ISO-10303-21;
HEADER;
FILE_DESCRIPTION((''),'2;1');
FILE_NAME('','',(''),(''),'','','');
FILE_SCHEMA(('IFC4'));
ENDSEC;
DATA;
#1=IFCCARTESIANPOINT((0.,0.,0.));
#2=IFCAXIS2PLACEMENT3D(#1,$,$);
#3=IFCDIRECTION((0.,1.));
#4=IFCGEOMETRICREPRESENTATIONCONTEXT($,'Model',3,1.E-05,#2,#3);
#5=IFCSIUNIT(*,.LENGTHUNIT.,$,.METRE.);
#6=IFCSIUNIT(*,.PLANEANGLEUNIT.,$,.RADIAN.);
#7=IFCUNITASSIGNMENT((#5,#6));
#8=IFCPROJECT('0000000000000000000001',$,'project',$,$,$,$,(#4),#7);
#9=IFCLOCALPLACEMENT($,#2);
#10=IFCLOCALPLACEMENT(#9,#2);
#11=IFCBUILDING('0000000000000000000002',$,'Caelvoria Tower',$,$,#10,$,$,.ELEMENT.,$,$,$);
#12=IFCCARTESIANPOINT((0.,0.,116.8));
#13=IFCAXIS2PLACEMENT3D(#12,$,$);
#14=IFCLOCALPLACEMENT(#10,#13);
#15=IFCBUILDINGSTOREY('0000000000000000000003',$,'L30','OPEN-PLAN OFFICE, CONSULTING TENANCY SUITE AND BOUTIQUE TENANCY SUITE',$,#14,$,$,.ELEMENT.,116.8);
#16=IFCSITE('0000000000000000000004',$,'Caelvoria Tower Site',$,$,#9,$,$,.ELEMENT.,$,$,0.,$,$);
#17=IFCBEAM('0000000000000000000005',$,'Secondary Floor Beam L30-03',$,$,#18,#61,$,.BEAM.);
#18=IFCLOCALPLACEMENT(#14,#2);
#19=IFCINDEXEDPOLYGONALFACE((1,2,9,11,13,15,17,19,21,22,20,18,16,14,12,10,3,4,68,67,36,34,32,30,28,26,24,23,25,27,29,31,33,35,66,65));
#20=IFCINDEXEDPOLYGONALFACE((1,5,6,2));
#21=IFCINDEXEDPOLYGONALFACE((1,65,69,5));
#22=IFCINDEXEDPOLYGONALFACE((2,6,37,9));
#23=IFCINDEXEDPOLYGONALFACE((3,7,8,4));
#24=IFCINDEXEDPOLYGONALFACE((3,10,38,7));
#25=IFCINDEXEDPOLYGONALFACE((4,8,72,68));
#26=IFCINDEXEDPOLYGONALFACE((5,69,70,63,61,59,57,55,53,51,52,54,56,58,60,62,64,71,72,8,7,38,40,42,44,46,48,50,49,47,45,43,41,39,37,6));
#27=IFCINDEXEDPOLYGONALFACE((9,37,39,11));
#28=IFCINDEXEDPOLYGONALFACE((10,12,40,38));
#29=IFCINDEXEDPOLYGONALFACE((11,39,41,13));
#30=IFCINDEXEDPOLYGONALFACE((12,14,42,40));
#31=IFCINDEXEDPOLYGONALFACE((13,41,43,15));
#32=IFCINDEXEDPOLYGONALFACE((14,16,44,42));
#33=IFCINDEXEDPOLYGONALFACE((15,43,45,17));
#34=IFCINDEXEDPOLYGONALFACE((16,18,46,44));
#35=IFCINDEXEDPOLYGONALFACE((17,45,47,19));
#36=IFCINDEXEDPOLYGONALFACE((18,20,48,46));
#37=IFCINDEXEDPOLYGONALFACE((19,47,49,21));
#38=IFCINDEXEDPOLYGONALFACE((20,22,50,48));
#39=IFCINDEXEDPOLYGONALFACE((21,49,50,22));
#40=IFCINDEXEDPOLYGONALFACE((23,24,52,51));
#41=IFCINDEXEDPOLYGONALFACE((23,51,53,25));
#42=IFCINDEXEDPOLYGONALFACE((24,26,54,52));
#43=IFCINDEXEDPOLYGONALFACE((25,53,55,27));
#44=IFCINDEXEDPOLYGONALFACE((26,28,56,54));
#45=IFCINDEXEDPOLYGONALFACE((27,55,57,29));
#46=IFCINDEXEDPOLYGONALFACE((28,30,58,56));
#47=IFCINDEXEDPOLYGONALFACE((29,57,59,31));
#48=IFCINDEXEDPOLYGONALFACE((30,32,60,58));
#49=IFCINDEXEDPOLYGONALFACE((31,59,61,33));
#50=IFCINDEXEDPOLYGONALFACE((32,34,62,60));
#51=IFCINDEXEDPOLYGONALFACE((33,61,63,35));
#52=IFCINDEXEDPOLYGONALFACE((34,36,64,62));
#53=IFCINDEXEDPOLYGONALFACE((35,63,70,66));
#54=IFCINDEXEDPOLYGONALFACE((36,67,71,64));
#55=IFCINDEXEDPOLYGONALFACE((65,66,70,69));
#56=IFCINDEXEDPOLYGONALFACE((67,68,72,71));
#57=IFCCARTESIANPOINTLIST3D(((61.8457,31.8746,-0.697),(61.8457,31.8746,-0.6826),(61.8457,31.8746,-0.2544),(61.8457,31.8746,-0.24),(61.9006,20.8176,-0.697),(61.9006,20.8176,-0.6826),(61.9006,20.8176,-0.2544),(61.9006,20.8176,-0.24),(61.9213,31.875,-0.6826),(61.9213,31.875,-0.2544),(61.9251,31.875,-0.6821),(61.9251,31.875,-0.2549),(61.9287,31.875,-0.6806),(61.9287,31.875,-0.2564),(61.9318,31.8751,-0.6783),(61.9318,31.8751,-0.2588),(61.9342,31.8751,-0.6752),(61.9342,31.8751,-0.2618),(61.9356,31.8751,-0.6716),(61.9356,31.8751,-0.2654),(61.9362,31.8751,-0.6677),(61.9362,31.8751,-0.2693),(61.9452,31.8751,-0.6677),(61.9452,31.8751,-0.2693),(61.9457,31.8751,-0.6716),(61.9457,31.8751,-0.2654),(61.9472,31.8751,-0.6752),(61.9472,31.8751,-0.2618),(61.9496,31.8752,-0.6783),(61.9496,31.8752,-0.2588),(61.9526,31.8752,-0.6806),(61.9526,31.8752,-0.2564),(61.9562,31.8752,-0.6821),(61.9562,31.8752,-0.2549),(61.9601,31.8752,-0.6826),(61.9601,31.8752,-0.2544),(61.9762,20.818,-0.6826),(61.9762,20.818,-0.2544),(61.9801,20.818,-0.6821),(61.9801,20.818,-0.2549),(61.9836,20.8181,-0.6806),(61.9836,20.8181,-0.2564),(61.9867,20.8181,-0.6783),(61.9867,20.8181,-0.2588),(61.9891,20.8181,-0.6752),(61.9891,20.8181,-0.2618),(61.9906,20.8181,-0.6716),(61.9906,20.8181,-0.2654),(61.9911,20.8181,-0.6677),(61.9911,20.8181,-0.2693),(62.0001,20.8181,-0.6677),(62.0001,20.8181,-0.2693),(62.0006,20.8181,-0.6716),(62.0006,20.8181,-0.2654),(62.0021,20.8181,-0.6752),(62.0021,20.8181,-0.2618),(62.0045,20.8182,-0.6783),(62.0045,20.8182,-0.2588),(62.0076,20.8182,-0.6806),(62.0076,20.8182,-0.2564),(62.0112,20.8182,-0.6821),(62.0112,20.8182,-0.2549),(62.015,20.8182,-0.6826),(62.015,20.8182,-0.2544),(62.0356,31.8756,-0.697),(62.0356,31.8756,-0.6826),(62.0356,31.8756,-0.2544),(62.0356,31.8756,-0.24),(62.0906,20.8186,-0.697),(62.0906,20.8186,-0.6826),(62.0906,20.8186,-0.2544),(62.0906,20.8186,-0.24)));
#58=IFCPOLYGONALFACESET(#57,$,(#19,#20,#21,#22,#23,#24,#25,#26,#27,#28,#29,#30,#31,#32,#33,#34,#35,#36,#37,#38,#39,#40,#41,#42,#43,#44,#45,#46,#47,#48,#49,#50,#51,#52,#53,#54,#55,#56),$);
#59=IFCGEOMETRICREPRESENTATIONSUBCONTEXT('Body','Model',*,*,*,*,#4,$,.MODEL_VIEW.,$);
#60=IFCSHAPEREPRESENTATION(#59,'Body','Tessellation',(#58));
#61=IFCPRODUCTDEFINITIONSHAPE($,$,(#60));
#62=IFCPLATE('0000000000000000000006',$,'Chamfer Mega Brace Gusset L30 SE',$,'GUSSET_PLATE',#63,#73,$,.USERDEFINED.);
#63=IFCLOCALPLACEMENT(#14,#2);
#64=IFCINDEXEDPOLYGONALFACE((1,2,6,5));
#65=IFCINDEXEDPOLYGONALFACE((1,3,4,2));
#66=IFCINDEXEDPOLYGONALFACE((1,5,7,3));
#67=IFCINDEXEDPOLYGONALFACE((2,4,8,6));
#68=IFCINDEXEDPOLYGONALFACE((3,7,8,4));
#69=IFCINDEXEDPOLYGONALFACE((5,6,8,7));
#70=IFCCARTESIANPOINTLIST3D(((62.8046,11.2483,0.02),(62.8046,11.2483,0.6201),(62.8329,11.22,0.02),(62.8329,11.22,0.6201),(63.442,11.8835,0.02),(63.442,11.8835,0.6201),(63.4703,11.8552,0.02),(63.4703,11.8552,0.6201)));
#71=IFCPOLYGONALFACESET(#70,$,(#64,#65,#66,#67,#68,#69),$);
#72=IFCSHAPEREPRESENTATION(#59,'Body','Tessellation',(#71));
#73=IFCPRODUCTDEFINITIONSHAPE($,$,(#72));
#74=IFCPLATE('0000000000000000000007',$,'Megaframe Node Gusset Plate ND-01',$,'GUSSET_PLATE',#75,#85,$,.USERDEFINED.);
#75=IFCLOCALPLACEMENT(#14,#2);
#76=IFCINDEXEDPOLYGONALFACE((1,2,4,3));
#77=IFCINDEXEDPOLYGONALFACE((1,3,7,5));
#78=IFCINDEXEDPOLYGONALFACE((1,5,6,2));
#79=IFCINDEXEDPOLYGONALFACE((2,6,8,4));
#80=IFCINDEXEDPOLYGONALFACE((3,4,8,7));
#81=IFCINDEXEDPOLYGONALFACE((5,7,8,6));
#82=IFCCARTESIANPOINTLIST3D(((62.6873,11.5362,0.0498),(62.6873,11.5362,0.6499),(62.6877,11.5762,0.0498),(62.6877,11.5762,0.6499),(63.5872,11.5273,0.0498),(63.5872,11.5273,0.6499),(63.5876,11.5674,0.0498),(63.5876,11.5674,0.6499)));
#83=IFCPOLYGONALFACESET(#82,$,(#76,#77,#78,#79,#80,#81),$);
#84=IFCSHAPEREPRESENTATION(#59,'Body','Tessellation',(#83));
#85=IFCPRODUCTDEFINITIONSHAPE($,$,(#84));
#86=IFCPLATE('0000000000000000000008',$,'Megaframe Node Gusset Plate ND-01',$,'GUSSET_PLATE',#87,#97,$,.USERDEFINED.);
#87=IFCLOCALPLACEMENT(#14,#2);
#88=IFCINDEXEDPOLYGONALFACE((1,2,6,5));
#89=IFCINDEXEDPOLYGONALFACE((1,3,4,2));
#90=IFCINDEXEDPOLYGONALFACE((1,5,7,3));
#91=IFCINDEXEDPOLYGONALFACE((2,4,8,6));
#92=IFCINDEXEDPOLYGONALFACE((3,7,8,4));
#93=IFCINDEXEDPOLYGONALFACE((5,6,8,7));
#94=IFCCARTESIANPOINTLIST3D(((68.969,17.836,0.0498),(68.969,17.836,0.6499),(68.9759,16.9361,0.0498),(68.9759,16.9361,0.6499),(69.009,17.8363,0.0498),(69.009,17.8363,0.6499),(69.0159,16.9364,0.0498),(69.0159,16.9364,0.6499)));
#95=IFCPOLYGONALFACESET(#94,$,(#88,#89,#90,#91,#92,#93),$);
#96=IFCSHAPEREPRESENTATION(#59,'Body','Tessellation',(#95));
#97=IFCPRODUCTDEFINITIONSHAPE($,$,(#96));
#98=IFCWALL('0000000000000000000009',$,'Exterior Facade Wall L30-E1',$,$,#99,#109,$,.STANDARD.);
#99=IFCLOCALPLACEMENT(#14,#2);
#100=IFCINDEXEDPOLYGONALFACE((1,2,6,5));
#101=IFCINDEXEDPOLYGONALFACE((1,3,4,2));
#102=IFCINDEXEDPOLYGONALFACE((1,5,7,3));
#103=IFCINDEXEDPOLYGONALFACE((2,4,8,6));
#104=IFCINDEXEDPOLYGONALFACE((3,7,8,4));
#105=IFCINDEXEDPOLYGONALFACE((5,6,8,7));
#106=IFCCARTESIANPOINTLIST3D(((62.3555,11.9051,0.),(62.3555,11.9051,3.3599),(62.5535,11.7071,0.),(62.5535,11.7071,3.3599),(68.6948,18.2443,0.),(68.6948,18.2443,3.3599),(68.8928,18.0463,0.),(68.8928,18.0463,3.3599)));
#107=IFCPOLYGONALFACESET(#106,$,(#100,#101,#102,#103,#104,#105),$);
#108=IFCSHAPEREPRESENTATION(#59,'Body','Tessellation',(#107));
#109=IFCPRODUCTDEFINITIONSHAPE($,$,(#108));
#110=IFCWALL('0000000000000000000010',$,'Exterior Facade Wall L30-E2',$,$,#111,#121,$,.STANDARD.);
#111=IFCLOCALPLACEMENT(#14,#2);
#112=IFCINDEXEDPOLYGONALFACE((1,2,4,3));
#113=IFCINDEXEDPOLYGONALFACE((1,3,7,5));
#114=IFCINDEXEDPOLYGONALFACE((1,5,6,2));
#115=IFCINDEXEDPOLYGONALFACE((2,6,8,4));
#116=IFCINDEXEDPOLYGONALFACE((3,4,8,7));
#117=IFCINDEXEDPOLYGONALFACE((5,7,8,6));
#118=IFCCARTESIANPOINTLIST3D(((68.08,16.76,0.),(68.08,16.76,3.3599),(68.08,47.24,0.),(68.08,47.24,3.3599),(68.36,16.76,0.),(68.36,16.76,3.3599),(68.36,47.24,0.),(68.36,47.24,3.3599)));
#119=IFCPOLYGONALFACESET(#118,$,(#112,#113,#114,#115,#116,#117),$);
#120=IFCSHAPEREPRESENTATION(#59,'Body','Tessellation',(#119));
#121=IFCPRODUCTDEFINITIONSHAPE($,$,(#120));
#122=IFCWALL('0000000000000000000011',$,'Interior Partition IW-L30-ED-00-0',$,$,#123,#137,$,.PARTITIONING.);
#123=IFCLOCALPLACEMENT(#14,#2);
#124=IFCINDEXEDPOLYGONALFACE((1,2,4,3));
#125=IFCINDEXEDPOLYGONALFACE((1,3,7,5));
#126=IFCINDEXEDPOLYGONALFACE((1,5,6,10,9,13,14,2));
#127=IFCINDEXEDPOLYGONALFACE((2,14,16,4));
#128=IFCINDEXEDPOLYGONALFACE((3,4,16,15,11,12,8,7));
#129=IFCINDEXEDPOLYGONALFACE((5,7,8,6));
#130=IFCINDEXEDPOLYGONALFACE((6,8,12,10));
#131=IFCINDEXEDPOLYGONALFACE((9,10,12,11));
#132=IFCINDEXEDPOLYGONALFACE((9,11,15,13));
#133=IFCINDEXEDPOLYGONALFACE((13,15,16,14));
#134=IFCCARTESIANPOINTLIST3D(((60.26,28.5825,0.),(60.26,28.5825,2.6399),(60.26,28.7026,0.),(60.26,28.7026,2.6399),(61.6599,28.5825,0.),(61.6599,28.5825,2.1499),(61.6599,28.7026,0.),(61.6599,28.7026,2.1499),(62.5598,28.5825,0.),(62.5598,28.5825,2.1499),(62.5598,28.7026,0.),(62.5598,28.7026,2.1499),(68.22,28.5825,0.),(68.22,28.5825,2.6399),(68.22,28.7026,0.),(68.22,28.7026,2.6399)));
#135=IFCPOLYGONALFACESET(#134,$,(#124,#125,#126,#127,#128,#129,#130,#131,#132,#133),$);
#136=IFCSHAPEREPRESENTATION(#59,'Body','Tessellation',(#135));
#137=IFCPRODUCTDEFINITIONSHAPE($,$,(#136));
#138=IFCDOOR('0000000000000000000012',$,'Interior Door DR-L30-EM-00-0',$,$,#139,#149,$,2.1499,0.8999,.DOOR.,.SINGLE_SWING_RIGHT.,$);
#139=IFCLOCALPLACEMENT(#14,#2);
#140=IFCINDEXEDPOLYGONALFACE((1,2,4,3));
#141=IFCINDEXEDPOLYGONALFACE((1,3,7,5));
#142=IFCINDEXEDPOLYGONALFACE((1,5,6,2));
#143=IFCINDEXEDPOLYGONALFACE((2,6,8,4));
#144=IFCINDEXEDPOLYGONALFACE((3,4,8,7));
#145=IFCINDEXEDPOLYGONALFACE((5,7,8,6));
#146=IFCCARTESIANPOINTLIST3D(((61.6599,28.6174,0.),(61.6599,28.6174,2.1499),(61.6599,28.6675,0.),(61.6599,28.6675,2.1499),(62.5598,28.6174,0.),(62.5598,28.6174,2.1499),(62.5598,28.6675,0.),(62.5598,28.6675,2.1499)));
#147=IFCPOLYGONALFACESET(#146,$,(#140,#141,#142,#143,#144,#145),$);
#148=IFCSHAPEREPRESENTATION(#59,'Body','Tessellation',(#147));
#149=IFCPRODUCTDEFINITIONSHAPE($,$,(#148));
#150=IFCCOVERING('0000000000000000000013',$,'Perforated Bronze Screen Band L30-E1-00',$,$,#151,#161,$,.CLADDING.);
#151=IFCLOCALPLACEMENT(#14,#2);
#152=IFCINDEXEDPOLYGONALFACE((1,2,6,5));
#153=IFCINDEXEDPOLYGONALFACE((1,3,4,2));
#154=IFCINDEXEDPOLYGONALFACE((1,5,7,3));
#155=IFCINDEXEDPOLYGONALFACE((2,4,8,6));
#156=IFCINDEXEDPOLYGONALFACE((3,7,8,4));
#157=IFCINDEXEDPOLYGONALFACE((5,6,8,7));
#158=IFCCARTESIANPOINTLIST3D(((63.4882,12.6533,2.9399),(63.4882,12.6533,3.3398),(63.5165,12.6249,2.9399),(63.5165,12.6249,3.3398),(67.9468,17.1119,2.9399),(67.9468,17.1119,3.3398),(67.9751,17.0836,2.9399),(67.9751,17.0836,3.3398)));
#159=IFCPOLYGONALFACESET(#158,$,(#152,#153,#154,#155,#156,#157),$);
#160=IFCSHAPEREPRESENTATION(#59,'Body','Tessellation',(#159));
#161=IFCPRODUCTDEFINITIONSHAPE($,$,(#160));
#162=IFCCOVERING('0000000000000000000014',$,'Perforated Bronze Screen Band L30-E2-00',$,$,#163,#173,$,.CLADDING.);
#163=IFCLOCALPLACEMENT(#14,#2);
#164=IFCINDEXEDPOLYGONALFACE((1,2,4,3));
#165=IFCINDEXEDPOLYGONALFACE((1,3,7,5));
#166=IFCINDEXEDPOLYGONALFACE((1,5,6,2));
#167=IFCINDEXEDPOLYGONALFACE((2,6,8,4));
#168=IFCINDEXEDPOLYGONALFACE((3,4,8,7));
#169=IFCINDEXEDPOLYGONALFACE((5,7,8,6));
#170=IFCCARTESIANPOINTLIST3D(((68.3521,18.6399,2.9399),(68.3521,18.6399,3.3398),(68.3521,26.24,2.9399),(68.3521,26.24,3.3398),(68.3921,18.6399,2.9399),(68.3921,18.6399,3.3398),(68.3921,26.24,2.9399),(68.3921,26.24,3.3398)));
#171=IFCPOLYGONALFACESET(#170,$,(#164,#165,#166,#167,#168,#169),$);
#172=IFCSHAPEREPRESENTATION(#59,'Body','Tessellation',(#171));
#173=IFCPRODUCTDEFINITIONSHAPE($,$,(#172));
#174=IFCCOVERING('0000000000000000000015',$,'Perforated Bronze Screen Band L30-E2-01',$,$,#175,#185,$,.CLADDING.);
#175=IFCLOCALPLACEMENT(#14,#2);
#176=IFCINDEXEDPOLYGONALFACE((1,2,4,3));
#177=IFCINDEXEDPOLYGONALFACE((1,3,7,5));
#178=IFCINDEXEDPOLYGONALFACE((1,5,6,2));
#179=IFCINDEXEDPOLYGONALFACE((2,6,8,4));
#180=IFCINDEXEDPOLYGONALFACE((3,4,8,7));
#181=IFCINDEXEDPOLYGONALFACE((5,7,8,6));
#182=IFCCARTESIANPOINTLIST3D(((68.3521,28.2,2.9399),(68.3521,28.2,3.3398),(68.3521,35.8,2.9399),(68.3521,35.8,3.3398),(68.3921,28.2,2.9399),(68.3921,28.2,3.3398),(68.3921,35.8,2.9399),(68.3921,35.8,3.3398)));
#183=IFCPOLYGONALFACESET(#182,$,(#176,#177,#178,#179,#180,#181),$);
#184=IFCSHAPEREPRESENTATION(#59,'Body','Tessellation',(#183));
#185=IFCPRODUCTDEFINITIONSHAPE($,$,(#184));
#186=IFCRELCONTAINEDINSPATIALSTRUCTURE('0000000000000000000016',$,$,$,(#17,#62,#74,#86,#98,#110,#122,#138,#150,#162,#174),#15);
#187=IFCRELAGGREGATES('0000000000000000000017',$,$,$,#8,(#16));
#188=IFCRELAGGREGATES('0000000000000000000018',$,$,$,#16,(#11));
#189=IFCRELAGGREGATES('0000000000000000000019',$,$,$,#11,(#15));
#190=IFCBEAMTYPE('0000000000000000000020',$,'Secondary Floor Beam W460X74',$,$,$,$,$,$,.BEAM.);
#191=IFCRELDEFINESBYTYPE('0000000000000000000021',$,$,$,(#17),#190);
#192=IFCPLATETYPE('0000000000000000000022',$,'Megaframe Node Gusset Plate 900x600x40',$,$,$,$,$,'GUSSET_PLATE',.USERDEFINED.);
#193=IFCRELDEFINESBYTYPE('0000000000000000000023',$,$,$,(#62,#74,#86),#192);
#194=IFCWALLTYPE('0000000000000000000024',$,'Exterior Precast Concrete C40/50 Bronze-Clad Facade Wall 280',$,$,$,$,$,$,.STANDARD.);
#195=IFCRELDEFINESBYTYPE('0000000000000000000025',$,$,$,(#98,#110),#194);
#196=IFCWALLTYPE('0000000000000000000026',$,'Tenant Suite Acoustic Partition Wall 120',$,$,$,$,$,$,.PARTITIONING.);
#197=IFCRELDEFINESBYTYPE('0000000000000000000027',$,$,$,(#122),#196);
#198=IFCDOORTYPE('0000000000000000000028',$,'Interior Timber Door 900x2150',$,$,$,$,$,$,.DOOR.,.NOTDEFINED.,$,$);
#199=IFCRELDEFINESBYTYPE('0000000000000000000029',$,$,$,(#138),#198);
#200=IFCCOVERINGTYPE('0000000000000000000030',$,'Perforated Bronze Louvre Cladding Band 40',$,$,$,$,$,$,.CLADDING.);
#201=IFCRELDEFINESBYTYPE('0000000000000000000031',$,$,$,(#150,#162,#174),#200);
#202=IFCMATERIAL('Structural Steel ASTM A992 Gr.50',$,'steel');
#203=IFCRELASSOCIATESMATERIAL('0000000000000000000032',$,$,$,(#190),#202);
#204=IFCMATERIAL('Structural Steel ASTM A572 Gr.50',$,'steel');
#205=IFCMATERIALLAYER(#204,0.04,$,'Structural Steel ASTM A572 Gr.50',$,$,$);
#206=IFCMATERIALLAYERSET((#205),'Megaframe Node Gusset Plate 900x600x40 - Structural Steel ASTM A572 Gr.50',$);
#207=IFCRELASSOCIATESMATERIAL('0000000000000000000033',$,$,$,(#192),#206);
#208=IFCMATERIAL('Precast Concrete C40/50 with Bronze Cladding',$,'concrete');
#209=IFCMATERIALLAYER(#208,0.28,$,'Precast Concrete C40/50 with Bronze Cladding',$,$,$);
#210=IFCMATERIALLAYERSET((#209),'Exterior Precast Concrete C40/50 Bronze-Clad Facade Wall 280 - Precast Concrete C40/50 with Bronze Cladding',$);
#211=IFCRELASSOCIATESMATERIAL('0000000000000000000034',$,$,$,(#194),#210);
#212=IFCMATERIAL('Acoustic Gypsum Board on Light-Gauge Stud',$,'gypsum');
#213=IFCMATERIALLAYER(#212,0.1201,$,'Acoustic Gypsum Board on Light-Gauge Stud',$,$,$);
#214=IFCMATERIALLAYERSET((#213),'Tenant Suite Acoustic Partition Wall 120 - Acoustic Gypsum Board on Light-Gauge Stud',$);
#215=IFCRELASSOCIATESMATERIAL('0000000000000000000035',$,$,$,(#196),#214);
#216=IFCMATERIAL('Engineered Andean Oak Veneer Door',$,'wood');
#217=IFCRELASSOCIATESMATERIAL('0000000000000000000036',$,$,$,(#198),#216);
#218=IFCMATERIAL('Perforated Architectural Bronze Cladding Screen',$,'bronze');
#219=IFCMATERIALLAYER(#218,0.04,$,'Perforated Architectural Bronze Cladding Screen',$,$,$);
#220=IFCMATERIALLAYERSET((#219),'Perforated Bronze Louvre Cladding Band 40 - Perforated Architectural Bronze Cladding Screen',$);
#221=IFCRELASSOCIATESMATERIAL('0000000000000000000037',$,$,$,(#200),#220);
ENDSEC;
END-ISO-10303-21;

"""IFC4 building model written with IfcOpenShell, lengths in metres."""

from ifc_helpers import new_model, si_unit, direction, frame, frame_2d, origin, origin_2d, place, context, subcontext, project, spatial, rectangle, i_section, extrude, material, layer, layer_set, material_profile, profile_set, type_object, element, fill, save


model = new_model("IFC4")

# Units and contexts
model_context = context("Model", 3, precision=1e-05, world=origin(), true_north=direction((0.0, 1.0)))
body_context = subcontext(model_context, "Body", "Model", "MODEL_VIEW")
ifc_project = project(units=[si_unit("LENGTHUNIT", "METRE"), si_unit("PLANEANGLEUNIT", "RADIAN")], contexts=[model_context])

# Site, building, storey
site_placement = place(None, origin())
site = spatial("IfcSite", under=ifc_project, at=site_placement, Name="Caelvoria Tower Site", CompositionType="ELEMENT", RefElevation=0.0)
building_placement = place(site_placement, origin())
building = spatial("IfcBuilding", under=site, at=building_placement, Name="Caelvoria Tower", CompositionType="ELEMENT")
storey_placement = place(building_placement, frame((0.0, 0.0, 116.8)))
storey = spatial("IfcBuildingStorey", under=building, at=storey_placement, Name="L30", Description="OPEN-PLAN OFFICE, CONSULTING TENANCY SUITE AND BOUTIQUE TENANCY SUITE", CompositionType="ELEMENT", Elevation=116.8)

# Shared definitions
ifc_material_1 = material(Name="Structural Steel ASTM A572 Gr.50", Category="steel")

# Beam
ifc_material_2 = material(Name="Structural Steel ASTM A992 Gr.50", Category="steel")
ifc_material_profile_1 = material_profile(ifc_material_2, i_section(OverallWidth=0.1899, OverallDepth=0.457, WebThickness=0.009, FlangeThickness=0.0144, FilletRadius=0.0149, at=origin_2d()), Name="Structural Steel ASTM A992 Gr.50")
ifc_profile_set_1 = profile_set([ifc_material_profile_1], Name="W460X74 - Structural Steel ASTM A992 Gr.50")
beam_type_1 = type_object("IfcBeamType", Name="Secondary Floor Beam W460X74", PredefinedType="BEAM", material=ifc_profile_set_1)
beam_1_placement = place(storey_placement, frame((61.9956, 20.8181, -0.4685), z_axis=(-0.004968, 0.999988, 0.0), x_axis=(-0.999988, -0.004968, 0.0)))
element("IfcBeam", 1, at=beam_1_placement, inside=storey, type_object=beam_type_1, Name="Secondary Floor Beam L30-03", PredefinedType="BEAM", context=body_context, shape_type="SweptSolid", body=[
    extrude(i_section(OverallWidth=0.1899, OverallDepth=0.457, WebThickness=0.009, FlangeThickness=0.0144, FilletRadius=0.0149, at=origin_2d()), origin(), (0.0, 0.0, 1.0), 11.0571),
])

# Plates
ifc_layer_1 = layer(ifc_material_1, 0.04, Name="Structural Steel ASTM A572 Gr.50")
ifc_layer_set_1 = layer_set([ifc_layer_1], Name="Megaframe Node Gusset Plate 900x600x40 - Structural Steel ASTM A572 Gr.50")
plate_type = type_object("IfcPlateType", Name="Megaframe Node Gusset Plate 900x600x40", ElementType="GUSSET_PLATE", PredefinedType="USERDEFINED", material=ifc_layer_set_1)
for number, where, z_axis, x_axis, name in (
    (2, (63.1375, 11.5518, 0.02), (0.0, 0.0, 1.0), (0.708346, 0.705865, 0.0), "Chamfer Mega Brace Gusset L30 SE"),
    (3, (63.1375, 11.5518, 0.0498), (0.0, 0.0, 1.0), (-0.999952, 0.009814, 0.0), "Megaframe Node Gusset Plate ND-01"),
    (4, (68.9924, 17.3862, 0.0498), (0.0, 0.0, 1.0), (-0.007692, 0.99997, 0.0), "Megaframe Node Gusset Plate ND-01"),
):
    element("IfcPlate", number, at=place(storey_placement, frame(where, z_axis=z_axis, x_axis=x_axis)), inside=storey, type_object=plate_type, Name=name, ObjectType="GUSSET_PLATE", PredefinedType="USERDEFINED", context=body_context, shape_type="SweptSolid", body=[
        extrude(rectangle(XDim=0.8999, YDim=0.04, at=origin_2d()), origin(), (0.0, 0.0, 1.0), 0.6001),
    ])

# Walls
ifc_material_3 = material(Name="Precast Concrete C40/50 with Bronze Cladding", Category="concrete")
ifc_layer_2 = layer(ifc_material_3, 0.28, Name="Precast Concrete C40/50 with Bronze Cladding")
ifc_layer_set_2 = layer_set([ifc_layer_2], Name="Exterior Precast Concrete C40/50 Bronze-Clad Facade Wall 280 - Precast Concrete C40/50 with Bronze Cladding")
wall_type_1 = type_object("IfcWallType", Name="Exterior Precast Concrete C40/50 Bronze-Clad Facade Wall 280", PredefinedType="STANDARD", material=ifc_layer_set_2)
wall_1_placement = place(storey_placement, frame((62.4546, 11.8062, 0.0), z_axis=(0.0, 0.0, 1.0), x_axis=(0.707107, 0.707107, 0.0)))
element("IfcWall", 5, at=wall_1_placement, inside=storey, type_object=wall_type_1, Name="Exterior Facade Wall L30-E1", PredefinedType="STANDARD", context=body_context, shape_type="SweptSolid", body=[
    extrude(rectangle(XDim=8.9651, YDim=0.28, at=frame_2d((4.4824, 0.0))), origin(), (0.0, 0.0, 1.0), 3.3599),
])
wall_2_placement = place(storey_placement, frame((68.22, 16.76, 0.0), z_axis=(0.0, 0.0, 1.0), x_axis=(0.0, 1.0, 0.0)))
element("IfcWall", 6, at=wall_2_placement, inside=storey, type_object=wall_type_1, Name="Exterior Facade Wall L30-E2", PredefinedType="STANDARD", context=body_context, shape_type="SweptSolid", body=[
    extrude(rectangle(XDim=30.48, YDim=0.28, at=frame_2d((15.24, 0.0))), origin(), (0.0, 0.0, 1.0), 3.3599),
])

# Wall, opening, door
ifc_material_4 = material(Name="Acoustic Gypsum Board on Light-Gauge Stud", Category="gypsum")
ifc_layer_3 = layer(ifc_material_4, 0.1201, Name="Acoustic Gypsum Board on Light-Gauge Stud")
ifc_layer_set_3 = layer_set([ifc_layer_3], Name="Tenant Suite Acoustic Partition Wall 120 - Acoustic Gypsum Board on Light-Gauge Stud")
wall_type_2 = type_object("IfcWallType", Name="Tenant Suite Acoustic Partition Wall 120", PredefinedType="PARTITIONING", material=ifc_layer_set_3)
wall_3_placement = place(storey_placement, frame((60.26, 28.6426, 0.0), z_axis=(0.0, 0.0, 1.0), x_axis=(1.0, 0.0, 0.0)))
wall_3 = element("IfcWall", 7, at=wall_3_placement, inside=storey, type_object=wall_type_2, Name="Interior Partition IW-L30-ED-00-0", PredefinedType="PARTITIONING", context=body_context, shape_type="SweptSolid", body=[
    extrude(rectangle(XDim=7.96, YDim=0.1201, at=frame_2d((3.98, 0.0))), origin(), (0.0, 0.0, 1.0), 2.6399),
])
opening_placement = place(wall_3_placement, frame((1.3999, 0.0, 0.0)))
opening = element("IfcOpeningElement", 8, at=opening_placement, cuts=wall_3, PredefinedType="OPENING", context=body_context, shape_type="SweptSolid", body=[
    extrude(rectangle(XDim=0.8999, YDim=2.1499, at=frame_2d((0.45, 1.075))), frame((0.0, 0.0701, 0.0), z_axis=(0.0, -1.0, 0.0), x_axis=(1.0, 0.0, 0.0)), (0.0, 0.0, 1.0), 0.1401),
])
ifc_material_5 = material(Name="Engineered Andean Oak Veneer Door", Category="wood")
door_type = type_object("IfcDoorType", Name="Interior Timber Door 900x2150", OperationType="NOTDEFINED", PredefinedType="DOOR", material=ifc_material_5)
door_placement = place(opening_placement, origin())
door = element("IfcDoor", 9, at=door_placement, inside=storey, type_object=door_type, Name="Interior Door DR-L30-EM-00-0", OperationType="SINGLE_SWING_RIGHT", OverallHeight=2.1499, OverallWidth=0.8999, PredefinedType="DOOR", context=body_context, shape_type="SweptSolid", body=[
    extrude(rectangle(XDim=0.8999, YDim=2.1499, at=frame_2d((0.45, 1.075))), frame((0.0, 0.0249, 0.0), z_axis=(0.0, -1.0, 0.0), x_axis=(1.0, 0.0, 0.0)), (0.0, 0.0, 1.0), 0.05),
])
fill(opening, door)

# Coverings
ifc_material_6 = material(Name="Perforated Architectural Bronze Cladding Screen", Category="bronze")
ifc_layer_4 = layer(ifc_material_6, 0.04, Name="Perforated Architectural Bronze Cladding Screen")
ifc_layer_set_4 = layer_set([ifc_layer_4], Name="Perforated Bronze Louvre Cladding Band 40 - Perforated Architectural Bronze Cladding Screen")
covering_type = type_object("IfcCoveringType", Name="Perforated Bronze Louvre Cladding Band 40", PredefinedType="CLADDING", material=ifc_layer_set_4)
covering_placement = place(storey_placement, frame((65.7317, 14.8684, 2.9399), z_axis=(0.0, 0.0, 1.0), x_axis=(0.707107, 0.707107, 0.0)))
element("IfcCovering", 10, at=covering_placement, inside=storey, type_object=covering_type, Name="Perforated Bronze Screen Band L30-E1-00", PredefinedType="CLADDING", context=body_context, shape_type="SweptSolid", body=[
    extrude(rectangle(XDim=6.3054, YDim=0.04, at=origin_2d()), origin(), (0.0, 0.0, 1.0), 0.3999),
])
for number, where, z_axis, x_axis, name in (
    (11, (68.3721, 22.4399, 2.9399), (0.0, 0.0, 1.0), (0.0, 1.0, 0.0), "Perforated Bronze Screen Band L30-E2-00"),
    (12, (68.3721, 32.0, 2.9399), (0.0, 0.0, 1.0), (0.0, 1.0, 0.0), "Perforated Bronze Screen Band L30-E2-01"),
):
    element("IfcCovering", number, at=place(storey_placement, frame(where, z_axis=z_axis, x_axis=x_axis)), inside=storey, type_object=covering_type, Name=name, PredefinedType="CLADDING", context=body_context, shape_type="SweptSolid", body=[
        extrude(rectangle(XDim=7.6001, YDim=0.04, at=origin_2d()), origin(), (0.0, 0.0, 1.0), 0.3999),
    ])

save(model, "model.ifc")
